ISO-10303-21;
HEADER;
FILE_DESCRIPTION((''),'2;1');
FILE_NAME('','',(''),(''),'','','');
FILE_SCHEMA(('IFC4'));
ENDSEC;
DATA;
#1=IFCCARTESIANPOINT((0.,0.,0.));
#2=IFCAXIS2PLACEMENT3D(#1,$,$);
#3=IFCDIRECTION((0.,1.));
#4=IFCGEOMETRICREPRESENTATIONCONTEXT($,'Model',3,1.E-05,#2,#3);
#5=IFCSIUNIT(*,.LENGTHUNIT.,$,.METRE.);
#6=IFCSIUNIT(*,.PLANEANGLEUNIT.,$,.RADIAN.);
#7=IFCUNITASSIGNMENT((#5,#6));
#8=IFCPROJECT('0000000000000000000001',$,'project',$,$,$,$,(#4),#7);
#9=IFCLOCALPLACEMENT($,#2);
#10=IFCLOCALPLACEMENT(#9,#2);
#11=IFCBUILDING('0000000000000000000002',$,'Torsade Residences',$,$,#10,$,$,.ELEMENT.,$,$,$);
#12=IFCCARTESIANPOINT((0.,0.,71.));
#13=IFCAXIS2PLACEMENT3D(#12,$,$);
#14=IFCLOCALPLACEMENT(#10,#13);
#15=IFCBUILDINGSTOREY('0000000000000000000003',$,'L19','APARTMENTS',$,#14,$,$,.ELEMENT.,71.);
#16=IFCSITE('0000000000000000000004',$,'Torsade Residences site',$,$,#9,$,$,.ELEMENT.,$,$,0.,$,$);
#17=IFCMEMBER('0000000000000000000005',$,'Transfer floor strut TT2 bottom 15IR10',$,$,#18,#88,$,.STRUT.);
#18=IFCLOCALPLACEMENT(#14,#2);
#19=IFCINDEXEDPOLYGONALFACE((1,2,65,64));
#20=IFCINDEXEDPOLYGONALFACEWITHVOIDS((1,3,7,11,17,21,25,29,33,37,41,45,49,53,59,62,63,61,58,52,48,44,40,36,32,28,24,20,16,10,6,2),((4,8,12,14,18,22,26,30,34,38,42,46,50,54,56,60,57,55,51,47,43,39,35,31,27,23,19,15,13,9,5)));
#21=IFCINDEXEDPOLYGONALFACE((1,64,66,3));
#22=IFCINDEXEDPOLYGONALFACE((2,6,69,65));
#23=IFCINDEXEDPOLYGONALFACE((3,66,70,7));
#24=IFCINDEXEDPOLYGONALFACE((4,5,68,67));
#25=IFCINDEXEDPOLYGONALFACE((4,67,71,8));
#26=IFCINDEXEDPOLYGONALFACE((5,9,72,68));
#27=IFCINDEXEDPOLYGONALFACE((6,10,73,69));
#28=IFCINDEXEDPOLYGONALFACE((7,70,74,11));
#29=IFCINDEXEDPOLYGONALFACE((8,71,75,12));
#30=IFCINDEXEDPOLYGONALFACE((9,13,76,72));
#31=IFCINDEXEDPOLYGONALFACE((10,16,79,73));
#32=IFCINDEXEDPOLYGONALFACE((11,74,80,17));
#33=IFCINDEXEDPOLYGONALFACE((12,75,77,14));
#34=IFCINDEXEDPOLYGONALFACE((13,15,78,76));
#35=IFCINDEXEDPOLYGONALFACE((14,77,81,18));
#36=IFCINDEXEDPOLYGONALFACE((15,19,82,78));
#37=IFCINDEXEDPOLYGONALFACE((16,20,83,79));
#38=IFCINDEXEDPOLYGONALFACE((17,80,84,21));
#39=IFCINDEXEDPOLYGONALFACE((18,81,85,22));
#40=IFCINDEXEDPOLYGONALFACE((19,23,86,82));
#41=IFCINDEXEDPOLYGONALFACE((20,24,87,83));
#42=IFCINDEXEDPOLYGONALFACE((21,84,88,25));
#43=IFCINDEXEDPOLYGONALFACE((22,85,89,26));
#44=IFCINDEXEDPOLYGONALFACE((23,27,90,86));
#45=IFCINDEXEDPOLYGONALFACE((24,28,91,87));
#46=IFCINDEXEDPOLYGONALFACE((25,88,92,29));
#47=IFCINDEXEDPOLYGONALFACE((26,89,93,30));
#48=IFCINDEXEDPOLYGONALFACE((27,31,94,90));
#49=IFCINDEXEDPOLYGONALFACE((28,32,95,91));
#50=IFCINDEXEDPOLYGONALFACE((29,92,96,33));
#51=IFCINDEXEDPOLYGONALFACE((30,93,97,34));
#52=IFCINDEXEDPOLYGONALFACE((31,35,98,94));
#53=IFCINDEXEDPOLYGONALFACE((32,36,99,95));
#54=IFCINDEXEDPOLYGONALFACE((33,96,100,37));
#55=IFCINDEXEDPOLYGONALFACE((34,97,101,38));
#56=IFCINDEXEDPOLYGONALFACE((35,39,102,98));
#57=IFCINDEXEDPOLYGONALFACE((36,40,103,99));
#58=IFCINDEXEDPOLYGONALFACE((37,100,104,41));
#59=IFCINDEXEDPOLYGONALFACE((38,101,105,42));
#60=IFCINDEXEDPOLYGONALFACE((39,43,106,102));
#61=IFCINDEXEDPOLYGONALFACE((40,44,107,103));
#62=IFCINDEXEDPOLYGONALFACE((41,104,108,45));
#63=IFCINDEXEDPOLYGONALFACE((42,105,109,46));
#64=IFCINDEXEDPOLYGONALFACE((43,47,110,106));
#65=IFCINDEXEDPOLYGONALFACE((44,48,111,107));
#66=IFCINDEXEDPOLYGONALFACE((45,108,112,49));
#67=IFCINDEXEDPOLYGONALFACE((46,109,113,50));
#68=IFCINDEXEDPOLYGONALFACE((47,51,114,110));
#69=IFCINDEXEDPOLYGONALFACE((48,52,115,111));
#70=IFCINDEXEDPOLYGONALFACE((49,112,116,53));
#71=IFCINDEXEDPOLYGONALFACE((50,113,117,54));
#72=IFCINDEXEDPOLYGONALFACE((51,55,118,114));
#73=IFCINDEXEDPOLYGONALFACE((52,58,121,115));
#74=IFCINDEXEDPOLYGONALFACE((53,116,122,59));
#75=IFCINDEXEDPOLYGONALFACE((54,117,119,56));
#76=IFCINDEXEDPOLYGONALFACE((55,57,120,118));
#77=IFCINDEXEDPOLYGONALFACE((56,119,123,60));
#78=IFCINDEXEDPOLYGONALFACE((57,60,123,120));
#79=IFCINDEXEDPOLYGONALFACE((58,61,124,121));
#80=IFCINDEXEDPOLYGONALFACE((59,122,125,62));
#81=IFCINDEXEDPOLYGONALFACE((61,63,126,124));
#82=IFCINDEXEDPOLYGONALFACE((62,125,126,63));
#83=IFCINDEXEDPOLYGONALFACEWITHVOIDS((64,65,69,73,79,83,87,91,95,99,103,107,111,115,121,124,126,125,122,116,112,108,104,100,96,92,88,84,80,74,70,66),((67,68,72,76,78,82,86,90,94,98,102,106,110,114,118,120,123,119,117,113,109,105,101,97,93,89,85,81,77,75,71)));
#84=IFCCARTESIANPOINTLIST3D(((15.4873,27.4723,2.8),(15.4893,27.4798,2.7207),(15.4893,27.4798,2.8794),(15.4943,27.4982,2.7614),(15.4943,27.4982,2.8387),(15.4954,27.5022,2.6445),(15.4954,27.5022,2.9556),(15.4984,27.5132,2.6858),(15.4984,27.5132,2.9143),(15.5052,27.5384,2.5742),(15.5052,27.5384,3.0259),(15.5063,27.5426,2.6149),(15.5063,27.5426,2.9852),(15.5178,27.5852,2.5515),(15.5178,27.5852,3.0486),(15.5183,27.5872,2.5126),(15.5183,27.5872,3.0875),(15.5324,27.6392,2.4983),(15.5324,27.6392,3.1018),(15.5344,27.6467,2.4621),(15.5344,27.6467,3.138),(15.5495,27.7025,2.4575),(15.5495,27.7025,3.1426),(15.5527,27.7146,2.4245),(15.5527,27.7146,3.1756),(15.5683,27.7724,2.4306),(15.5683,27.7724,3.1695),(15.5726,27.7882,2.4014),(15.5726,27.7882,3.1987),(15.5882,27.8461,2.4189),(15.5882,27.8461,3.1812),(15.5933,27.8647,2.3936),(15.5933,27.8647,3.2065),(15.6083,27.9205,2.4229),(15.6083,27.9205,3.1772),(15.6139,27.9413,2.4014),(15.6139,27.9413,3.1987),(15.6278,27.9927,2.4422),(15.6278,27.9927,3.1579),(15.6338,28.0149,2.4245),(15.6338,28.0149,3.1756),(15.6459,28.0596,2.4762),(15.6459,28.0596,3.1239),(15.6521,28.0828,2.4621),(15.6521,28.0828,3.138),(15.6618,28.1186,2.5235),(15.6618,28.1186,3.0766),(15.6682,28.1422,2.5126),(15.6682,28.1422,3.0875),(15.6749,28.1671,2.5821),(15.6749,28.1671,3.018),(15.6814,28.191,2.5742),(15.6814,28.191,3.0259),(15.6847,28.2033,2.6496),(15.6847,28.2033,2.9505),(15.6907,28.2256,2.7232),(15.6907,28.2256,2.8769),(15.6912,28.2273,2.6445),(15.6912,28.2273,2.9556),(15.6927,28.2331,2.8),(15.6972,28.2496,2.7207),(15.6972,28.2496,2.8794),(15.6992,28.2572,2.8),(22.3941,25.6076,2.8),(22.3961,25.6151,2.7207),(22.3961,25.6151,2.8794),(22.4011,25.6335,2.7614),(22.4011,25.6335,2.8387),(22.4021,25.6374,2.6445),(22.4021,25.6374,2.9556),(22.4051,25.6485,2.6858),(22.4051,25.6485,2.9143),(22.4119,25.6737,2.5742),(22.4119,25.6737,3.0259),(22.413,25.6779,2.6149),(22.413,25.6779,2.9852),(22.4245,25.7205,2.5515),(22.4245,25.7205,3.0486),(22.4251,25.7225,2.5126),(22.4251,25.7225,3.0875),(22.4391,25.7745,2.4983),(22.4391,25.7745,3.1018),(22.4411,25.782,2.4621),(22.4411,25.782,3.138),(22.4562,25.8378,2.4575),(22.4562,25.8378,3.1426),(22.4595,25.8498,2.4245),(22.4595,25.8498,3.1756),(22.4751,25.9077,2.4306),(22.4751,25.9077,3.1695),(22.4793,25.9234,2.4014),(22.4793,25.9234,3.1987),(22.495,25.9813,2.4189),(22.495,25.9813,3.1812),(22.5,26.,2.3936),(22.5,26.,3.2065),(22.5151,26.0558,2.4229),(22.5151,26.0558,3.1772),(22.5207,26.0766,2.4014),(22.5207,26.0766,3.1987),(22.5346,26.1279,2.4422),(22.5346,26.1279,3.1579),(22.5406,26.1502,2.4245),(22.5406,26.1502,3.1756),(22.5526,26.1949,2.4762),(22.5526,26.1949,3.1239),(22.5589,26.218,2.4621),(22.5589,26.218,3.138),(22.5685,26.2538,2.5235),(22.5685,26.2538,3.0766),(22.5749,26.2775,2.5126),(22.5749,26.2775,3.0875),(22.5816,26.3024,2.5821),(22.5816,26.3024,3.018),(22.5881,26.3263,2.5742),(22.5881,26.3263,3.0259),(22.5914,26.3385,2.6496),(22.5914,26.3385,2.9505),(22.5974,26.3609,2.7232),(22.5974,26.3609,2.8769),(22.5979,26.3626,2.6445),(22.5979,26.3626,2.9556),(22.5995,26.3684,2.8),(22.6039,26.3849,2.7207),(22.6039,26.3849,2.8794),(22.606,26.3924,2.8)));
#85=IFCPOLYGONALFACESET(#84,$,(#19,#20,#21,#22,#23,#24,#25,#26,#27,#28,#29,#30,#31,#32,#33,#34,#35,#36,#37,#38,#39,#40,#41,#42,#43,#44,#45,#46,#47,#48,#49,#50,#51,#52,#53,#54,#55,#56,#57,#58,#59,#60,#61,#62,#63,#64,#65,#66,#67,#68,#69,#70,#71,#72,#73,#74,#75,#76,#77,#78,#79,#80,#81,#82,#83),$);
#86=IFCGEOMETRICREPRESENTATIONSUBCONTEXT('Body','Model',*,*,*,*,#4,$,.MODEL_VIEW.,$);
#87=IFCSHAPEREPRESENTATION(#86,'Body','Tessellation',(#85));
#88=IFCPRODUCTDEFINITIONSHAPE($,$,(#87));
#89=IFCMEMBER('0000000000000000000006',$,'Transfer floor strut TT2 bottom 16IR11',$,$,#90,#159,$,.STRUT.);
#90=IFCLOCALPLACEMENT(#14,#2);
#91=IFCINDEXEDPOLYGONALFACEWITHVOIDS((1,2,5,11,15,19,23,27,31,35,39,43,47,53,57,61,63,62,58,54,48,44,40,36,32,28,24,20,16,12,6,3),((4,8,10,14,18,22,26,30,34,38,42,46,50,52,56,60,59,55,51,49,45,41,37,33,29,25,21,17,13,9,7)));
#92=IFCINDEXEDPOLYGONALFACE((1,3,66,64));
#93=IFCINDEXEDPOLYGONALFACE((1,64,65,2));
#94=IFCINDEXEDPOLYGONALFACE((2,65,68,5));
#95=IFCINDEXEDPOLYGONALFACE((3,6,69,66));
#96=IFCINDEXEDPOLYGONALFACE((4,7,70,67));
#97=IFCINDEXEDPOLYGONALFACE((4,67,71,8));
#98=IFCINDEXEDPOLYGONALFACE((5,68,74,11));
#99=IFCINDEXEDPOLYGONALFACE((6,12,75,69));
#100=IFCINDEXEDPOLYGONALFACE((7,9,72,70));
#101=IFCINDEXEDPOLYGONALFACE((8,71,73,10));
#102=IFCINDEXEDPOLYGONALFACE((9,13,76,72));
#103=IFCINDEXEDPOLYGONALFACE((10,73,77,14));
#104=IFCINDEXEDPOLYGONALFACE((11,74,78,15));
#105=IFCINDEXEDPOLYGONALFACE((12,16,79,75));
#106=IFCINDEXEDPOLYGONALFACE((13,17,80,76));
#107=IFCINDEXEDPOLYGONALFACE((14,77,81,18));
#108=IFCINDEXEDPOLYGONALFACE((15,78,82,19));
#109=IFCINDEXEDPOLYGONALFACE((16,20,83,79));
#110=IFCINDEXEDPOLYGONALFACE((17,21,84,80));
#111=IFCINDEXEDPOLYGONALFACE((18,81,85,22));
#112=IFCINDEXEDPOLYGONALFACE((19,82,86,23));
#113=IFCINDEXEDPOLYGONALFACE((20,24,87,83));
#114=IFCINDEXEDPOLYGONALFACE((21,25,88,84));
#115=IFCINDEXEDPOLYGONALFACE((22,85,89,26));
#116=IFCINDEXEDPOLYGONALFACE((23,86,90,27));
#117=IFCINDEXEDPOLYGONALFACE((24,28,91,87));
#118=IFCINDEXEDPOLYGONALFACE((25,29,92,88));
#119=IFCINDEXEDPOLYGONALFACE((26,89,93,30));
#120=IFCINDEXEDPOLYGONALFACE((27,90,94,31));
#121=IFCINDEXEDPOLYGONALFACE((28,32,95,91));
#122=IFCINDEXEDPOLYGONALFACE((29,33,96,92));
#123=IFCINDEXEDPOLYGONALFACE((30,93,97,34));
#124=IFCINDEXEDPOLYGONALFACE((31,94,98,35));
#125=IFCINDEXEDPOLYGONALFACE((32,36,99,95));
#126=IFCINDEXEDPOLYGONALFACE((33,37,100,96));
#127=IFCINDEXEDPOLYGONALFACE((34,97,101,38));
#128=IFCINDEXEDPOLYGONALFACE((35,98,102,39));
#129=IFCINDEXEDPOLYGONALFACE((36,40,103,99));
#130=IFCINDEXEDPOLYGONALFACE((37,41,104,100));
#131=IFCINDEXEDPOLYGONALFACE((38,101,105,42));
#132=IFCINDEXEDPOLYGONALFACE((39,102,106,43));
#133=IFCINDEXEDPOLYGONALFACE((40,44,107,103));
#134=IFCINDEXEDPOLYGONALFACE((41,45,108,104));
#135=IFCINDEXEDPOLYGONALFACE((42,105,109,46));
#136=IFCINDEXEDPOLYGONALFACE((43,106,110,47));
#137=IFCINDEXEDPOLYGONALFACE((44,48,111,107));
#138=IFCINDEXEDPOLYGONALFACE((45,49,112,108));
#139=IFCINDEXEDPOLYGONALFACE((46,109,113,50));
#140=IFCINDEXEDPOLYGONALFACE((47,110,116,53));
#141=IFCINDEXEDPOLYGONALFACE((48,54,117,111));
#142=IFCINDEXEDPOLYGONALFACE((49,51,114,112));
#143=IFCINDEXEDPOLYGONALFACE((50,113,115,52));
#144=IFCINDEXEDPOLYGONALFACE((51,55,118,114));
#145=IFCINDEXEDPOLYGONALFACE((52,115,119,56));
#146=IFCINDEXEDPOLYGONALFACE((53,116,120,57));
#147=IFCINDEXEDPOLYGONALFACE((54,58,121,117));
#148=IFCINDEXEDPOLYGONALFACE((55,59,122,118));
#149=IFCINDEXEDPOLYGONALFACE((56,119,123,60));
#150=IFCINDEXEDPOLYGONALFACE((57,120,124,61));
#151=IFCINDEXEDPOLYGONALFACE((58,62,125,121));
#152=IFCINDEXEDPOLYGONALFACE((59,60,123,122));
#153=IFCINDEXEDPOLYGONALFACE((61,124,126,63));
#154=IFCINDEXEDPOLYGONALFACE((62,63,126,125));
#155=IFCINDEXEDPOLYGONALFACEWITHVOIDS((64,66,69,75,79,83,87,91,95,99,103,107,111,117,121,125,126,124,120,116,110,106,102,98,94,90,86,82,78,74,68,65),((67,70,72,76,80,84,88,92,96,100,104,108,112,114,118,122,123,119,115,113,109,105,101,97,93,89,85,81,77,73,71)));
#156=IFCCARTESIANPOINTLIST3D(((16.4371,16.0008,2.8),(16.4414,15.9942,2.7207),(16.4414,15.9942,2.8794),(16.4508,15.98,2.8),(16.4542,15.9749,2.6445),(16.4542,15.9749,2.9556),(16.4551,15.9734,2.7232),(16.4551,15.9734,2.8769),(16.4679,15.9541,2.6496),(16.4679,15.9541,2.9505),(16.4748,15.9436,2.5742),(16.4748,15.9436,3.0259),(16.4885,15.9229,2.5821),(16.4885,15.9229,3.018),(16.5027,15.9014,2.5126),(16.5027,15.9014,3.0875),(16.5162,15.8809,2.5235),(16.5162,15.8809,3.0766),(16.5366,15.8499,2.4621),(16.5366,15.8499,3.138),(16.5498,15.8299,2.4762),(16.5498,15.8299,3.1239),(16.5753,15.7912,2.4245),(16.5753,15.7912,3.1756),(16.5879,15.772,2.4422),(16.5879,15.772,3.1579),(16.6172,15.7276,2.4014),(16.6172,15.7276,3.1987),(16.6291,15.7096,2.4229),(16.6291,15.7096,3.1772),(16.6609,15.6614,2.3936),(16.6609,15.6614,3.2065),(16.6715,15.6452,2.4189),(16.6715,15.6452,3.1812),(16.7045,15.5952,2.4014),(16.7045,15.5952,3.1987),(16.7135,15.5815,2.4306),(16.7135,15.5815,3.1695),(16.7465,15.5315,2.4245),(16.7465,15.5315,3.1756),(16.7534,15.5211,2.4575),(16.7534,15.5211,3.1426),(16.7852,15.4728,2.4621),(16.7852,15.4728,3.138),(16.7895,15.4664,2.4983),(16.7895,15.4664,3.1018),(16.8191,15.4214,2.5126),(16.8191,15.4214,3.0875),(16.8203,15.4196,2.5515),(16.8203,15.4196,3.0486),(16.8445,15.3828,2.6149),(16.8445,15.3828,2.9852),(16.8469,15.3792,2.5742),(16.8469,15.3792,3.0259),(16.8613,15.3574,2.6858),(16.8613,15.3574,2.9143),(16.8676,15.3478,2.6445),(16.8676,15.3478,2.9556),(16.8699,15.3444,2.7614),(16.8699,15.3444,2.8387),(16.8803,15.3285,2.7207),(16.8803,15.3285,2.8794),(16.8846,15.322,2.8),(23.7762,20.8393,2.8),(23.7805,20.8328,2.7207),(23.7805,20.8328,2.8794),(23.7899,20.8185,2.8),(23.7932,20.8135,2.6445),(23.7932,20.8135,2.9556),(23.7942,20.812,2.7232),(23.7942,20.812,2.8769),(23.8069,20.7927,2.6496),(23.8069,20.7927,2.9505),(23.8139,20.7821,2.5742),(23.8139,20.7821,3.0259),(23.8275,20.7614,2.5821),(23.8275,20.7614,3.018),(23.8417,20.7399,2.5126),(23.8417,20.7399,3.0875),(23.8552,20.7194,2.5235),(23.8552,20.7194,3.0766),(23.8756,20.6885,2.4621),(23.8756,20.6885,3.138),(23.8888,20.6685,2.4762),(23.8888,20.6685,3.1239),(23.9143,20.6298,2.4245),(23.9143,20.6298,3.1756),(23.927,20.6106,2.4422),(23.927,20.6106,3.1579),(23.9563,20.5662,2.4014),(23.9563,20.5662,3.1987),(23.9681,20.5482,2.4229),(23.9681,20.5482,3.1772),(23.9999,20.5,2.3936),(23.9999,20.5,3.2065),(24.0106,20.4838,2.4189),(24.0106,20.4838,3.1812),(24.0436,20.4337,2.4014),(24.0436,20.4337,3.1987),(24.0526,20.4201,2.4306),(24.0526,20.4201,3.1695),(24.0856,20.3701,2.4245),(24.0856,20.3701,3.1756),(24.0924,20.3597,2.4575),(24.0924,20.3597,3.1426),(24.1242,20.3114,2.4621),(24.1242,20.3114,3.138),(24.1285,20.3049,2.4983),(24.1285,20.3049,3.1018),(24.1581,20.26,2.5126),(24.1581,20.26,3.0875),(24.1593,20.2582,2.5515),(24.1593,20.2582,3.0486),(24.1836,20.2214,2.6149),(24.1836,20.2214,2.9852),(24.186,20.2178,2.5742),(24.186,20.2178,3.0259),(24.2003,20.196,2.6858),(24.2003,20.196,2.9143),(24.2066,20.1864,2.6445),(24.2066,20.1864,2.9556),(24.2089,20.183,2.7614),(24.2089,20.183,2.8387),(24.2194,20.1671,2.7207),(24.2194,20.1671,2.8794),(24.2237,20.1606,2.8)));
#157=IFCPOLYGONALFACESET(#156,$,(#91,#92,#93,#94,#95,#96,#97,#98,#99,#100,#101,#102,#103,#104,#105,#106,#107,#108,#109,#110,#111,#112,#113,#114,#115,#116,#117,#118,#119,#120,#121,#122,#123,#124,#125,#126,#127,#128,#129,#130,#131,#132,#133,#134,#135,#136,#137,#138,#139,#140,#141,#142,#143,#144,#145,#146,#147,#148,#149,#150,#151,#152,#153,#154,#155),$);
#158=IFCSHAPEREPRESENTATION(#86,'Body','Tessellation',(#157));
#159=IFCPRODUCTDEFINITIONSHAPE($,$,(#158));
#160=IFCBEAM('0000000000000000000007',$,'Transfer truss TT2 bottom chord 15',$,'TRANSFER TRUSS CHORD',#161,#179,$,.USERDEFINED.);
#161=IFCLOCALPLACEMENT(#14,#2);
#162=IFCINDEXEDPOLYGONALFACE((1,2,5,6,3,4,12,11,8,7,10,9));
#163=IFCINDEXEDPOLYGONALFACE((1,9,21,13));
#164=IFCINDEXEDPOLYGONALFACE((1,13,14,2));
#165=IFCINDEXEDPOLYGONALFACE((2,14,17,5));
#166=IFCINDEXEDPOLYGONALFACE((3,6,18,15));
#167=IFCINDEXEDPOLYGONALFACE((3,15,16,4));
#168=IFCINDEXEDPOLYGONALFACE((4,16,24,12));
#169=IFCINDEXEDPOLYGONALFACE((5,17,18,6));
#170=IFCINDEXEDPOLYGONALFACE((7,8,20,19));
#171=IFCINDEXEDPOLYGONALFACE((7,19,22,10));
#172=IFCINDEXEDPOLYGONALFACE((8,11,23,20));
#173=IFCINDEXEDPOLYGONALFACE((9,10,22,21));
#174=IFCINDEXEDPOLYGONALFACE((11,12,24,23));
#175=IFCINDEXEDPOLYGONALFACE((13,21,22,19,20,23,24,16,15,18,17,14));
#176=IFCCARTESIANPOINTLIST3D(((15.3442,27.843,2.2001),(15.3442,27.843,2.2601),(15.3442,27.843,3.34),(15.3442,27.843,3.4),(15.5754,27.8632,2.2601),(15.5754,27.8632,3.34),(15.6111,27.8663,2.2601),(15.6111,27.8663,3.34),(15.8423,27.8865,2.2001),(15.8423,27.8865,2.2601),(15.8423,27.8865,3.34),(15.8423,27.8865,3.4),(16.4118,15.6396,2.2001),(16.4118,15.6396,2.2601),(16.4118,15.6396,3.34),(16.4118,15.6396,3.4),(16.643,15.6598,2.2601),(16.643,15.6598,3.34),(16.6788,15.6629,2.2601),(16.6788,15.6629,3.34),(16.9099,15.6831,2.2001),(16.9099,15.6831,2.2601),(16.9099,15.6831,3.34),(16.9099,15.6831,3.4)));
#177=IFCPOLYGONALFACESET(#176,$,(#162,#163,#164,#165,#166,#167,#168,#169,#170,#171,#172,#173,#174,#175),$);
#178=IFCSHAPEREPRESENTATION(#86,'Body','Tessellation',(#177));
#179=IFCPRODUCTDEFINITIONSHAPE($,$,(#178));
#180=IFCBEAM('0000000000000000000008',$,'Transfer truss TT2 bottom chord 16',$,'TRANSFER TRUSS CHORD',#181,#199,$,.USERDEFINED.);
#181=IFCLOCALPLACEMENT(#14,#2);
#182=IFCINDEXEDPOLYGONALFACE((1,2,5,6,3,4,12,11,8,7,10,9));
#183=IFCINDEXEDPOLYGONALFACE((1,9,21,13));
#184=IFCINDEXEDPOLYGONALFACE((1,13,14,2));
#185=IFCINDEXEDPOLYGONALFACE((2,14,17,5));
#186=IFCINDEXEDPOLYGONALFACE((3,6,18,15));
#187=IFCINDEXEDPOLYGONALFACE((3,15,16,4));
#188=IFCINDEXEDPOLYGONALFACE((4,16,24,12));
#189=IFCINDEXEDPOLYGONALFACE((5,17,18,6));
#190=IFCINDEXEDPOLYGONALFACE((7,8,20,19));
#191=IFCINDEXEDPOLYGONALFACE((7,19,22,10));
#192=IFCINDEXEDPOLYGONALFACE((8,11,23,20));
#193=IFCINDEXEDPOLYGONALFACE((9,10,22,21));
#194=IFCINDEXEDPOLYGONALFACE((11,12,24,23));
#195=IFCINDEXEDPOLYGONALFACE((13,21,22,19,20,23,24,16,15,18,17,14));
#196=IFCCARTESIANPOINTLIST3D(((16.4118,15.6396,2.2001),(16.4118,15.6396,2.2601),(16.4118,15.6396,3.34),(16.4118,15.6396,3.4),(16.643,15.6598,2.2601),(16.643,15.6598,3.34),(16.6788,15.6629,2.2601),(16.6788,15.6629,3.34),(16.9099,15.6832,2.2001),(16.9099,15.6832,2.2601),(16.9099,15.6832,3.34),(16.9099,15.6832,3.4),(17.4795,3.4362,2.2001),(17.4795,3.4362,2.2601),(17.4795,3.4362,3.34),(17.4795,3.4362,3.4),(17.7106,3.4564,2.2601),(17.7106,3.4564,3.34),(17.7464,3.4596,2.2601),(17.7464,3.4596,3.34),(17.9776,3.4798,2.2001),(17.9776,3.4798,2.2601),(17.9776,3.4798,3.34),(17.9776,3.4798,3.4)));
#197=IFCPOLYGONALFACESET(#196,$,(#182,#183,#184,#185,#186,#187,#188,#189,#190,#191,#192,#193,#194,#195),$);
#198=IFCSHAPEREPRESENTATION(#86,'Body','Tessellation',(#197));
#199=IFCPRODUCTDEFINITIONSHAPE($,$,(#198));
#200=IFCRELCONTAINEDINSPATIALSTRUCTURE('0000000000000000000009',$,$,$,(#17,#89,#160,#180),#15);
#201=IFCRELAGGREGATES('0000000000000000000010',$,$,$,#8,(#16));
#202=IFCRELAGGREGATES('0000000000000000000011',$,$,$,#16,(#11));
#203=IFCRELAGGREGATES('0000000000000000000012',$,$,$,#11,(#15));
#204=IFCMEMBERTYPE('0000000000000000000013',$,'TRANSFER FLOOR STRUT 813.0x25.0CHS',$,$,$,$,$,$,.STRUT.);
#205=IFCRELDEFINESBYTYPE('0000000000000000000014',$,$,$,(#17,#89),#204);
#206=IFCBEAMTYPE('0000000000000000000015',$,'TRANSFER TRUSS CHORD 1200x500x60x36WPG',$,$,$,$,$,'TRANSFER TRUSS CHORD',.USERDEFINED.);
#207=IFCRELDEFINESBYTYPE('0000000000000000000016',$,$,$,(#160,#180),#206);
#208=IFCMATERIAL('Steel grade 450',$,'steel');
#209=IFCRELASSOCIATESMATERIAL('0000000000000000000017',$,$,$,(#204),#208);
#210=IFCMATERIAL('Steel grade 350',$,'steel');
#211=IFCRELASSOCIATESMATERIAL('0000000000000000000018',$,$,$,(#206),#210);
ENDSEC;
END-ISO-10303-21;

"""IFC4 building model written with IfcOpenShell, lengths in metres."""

from ifc_helpers import new_model, si_unit, direction, frame, origin, origin_2d, place, context, subcontext, project, spatial, hollow_circle, i_section, extrude, material, material_profile, profile_set, type_object, element, save


model = new_model("IFC4")

# Units and contexts
model_context = context("Model", 3, precision=1e-05, world=origin(), true_north=direction((0.0, 1.0)))
body_context = subcontext(model_context, "Body", "Model", "MODEL_VIEW")
ifc_project = project(units=[si_unit("LENGTHUNIT", "METRE"), si_unit("PLANEANGLEUNIT", "RADIAN")], contexts=[model_context])

# Site, building, storey
site_placement = place(None, origin())
site = spatial("IfcSite", under=ifc_project, at=site_placement, Name="Torsade Residences site", CompositionType="ELEMENT", RefElevation=0.0)
building_placement = place(site_placement, origin())
building = spatial("IfcBuilding", under=site, at=building_placement, Name="Torsade Residences", CompositionType="ELEMENT")
storey_placement = place(building_placement, frame((0.0, 0.0, 71.0)))
storey = spatial("IfcBuildingStorey", under=building, at=storey_placement, Name="L19", Description="APARTMENTS", CompositionType="ELEMENT", Elevation=71.0)

# Members
ifc_material_1 = material(Name="Steel grade 450", Category="steel")
ifc_material_profile_1 = material_profile(ifc_material_1, hollow_circle(Radius=0.4065, WallThickness=0.0249, at=origin_2d()), Name="813.0x25.0CHS")
ifc_profile_set_1 = profile_set([ifc_material_profile_1], Name="Steel grade 450")
member_type_1 = type_object("IfcMemberType", Name="TRANSFER FLOOR STRUT 813.0x25.0CHS", PredefinedType="STRUT", material=ifc_profile_set_1)
member_1_placement = place(storey_placement, frame((15.5933, 27.8647, 2.8), z_axis=(0.965432, -0.260656, 0.0), x_axis=(0.260656, 0.965432, 0.0)))
element("IfcMember", 1, at=member_1_placement, inside=storey, type_object=member_type_1, Name="Transfer floor strut TT2 bottom 15IR10", PredefinedType="STRUT", context=body_context, shape_type="SweptSolid", body=[
    extrude(hollow_circle(Radius=0.4065, WallThickness=0.0249, at=origin_2d()), origin(), (0.0, 0.0, 1.0), 7.1541),
])
member_2_placement = place(storey_placement, frame((16.6609, 15.6614, 2.8), z_axis=(0.834881, 0.550431, 0.0), x_axis=(-0.550431, 0.834881, 0.0)))
element("IfcMember", 2, at=member_2_placement, inside=storey, type_object=member_type_1, Name="Transfer floor strut TT2 bottom 16IR11", PredefinedType="STRUT", context=body_context, shape_type="SweptSolid", body=[
    extrude(hollow_circle(Radius=0.4065, WallThickness=0.0249, at=origin_2d()), origin(), (0.0, 0.0, 1.0), 8.7905),
])

# Beams
ifc_material_2 = material(Name="Steel grade 350", Category="steel")
ifc_material_profile_2 = material_profile(ifc_material_2, i_section(OverallWidth=0.5, OverallDepth=1.2, WebThickness=0.0359, FlangeThickness=0.0601, at=origin_2d()), Name="1200x500x60x36WPG")
ifc_profile_set_2 = profile_set([ifc_material_profile_2], Name="Steel grade 350")
beam_type_1 = type_object("IfcBeamType", Name="TRANSFER TRUSS CHORD 1200x500x60x36WPG", ElementType="TRANSFER TRUSS CHORD", PredefinedType="USERDEFINED", material=ifc_profile_set_2)
for number, where, z_axis, x_axis, name in (
    (3, (15.5933, 27.8647, 2.8), (0.087153, -0.996195, 0.0), (0.996195, 0.087153, 0.0), "Transfer truss TT2 bottom chord 15"),
    (4, (16.6609, 15.6614, 2.8), (0.087153, -0.996195, 0.0), (0.996195, 0.087153, 0.0), "Transfer truss TT2 bottom chord 16"),
):
    element("IfcBeam", number, at=place(storey_placement, frame(where, z_axis=z_axis, x_axis=x_axis)), inside=storey, type_object=beam_type_1, Name=name, ObjectType="TRANSFER TRUSS CHORD", PredefinedType="USERDEFINED", context=body_context, shape_type="SweptSolid", body=[
        extrude(i_section(OverallWidth=0.5, OverallDepth=1.2, WebThickness=0.0359, FlangeThickness=0.0601, at=origin_2d()), origin(), (0.0, 0.0, 1.0), 12.25),
    ])

save(model, "model.ifc")
